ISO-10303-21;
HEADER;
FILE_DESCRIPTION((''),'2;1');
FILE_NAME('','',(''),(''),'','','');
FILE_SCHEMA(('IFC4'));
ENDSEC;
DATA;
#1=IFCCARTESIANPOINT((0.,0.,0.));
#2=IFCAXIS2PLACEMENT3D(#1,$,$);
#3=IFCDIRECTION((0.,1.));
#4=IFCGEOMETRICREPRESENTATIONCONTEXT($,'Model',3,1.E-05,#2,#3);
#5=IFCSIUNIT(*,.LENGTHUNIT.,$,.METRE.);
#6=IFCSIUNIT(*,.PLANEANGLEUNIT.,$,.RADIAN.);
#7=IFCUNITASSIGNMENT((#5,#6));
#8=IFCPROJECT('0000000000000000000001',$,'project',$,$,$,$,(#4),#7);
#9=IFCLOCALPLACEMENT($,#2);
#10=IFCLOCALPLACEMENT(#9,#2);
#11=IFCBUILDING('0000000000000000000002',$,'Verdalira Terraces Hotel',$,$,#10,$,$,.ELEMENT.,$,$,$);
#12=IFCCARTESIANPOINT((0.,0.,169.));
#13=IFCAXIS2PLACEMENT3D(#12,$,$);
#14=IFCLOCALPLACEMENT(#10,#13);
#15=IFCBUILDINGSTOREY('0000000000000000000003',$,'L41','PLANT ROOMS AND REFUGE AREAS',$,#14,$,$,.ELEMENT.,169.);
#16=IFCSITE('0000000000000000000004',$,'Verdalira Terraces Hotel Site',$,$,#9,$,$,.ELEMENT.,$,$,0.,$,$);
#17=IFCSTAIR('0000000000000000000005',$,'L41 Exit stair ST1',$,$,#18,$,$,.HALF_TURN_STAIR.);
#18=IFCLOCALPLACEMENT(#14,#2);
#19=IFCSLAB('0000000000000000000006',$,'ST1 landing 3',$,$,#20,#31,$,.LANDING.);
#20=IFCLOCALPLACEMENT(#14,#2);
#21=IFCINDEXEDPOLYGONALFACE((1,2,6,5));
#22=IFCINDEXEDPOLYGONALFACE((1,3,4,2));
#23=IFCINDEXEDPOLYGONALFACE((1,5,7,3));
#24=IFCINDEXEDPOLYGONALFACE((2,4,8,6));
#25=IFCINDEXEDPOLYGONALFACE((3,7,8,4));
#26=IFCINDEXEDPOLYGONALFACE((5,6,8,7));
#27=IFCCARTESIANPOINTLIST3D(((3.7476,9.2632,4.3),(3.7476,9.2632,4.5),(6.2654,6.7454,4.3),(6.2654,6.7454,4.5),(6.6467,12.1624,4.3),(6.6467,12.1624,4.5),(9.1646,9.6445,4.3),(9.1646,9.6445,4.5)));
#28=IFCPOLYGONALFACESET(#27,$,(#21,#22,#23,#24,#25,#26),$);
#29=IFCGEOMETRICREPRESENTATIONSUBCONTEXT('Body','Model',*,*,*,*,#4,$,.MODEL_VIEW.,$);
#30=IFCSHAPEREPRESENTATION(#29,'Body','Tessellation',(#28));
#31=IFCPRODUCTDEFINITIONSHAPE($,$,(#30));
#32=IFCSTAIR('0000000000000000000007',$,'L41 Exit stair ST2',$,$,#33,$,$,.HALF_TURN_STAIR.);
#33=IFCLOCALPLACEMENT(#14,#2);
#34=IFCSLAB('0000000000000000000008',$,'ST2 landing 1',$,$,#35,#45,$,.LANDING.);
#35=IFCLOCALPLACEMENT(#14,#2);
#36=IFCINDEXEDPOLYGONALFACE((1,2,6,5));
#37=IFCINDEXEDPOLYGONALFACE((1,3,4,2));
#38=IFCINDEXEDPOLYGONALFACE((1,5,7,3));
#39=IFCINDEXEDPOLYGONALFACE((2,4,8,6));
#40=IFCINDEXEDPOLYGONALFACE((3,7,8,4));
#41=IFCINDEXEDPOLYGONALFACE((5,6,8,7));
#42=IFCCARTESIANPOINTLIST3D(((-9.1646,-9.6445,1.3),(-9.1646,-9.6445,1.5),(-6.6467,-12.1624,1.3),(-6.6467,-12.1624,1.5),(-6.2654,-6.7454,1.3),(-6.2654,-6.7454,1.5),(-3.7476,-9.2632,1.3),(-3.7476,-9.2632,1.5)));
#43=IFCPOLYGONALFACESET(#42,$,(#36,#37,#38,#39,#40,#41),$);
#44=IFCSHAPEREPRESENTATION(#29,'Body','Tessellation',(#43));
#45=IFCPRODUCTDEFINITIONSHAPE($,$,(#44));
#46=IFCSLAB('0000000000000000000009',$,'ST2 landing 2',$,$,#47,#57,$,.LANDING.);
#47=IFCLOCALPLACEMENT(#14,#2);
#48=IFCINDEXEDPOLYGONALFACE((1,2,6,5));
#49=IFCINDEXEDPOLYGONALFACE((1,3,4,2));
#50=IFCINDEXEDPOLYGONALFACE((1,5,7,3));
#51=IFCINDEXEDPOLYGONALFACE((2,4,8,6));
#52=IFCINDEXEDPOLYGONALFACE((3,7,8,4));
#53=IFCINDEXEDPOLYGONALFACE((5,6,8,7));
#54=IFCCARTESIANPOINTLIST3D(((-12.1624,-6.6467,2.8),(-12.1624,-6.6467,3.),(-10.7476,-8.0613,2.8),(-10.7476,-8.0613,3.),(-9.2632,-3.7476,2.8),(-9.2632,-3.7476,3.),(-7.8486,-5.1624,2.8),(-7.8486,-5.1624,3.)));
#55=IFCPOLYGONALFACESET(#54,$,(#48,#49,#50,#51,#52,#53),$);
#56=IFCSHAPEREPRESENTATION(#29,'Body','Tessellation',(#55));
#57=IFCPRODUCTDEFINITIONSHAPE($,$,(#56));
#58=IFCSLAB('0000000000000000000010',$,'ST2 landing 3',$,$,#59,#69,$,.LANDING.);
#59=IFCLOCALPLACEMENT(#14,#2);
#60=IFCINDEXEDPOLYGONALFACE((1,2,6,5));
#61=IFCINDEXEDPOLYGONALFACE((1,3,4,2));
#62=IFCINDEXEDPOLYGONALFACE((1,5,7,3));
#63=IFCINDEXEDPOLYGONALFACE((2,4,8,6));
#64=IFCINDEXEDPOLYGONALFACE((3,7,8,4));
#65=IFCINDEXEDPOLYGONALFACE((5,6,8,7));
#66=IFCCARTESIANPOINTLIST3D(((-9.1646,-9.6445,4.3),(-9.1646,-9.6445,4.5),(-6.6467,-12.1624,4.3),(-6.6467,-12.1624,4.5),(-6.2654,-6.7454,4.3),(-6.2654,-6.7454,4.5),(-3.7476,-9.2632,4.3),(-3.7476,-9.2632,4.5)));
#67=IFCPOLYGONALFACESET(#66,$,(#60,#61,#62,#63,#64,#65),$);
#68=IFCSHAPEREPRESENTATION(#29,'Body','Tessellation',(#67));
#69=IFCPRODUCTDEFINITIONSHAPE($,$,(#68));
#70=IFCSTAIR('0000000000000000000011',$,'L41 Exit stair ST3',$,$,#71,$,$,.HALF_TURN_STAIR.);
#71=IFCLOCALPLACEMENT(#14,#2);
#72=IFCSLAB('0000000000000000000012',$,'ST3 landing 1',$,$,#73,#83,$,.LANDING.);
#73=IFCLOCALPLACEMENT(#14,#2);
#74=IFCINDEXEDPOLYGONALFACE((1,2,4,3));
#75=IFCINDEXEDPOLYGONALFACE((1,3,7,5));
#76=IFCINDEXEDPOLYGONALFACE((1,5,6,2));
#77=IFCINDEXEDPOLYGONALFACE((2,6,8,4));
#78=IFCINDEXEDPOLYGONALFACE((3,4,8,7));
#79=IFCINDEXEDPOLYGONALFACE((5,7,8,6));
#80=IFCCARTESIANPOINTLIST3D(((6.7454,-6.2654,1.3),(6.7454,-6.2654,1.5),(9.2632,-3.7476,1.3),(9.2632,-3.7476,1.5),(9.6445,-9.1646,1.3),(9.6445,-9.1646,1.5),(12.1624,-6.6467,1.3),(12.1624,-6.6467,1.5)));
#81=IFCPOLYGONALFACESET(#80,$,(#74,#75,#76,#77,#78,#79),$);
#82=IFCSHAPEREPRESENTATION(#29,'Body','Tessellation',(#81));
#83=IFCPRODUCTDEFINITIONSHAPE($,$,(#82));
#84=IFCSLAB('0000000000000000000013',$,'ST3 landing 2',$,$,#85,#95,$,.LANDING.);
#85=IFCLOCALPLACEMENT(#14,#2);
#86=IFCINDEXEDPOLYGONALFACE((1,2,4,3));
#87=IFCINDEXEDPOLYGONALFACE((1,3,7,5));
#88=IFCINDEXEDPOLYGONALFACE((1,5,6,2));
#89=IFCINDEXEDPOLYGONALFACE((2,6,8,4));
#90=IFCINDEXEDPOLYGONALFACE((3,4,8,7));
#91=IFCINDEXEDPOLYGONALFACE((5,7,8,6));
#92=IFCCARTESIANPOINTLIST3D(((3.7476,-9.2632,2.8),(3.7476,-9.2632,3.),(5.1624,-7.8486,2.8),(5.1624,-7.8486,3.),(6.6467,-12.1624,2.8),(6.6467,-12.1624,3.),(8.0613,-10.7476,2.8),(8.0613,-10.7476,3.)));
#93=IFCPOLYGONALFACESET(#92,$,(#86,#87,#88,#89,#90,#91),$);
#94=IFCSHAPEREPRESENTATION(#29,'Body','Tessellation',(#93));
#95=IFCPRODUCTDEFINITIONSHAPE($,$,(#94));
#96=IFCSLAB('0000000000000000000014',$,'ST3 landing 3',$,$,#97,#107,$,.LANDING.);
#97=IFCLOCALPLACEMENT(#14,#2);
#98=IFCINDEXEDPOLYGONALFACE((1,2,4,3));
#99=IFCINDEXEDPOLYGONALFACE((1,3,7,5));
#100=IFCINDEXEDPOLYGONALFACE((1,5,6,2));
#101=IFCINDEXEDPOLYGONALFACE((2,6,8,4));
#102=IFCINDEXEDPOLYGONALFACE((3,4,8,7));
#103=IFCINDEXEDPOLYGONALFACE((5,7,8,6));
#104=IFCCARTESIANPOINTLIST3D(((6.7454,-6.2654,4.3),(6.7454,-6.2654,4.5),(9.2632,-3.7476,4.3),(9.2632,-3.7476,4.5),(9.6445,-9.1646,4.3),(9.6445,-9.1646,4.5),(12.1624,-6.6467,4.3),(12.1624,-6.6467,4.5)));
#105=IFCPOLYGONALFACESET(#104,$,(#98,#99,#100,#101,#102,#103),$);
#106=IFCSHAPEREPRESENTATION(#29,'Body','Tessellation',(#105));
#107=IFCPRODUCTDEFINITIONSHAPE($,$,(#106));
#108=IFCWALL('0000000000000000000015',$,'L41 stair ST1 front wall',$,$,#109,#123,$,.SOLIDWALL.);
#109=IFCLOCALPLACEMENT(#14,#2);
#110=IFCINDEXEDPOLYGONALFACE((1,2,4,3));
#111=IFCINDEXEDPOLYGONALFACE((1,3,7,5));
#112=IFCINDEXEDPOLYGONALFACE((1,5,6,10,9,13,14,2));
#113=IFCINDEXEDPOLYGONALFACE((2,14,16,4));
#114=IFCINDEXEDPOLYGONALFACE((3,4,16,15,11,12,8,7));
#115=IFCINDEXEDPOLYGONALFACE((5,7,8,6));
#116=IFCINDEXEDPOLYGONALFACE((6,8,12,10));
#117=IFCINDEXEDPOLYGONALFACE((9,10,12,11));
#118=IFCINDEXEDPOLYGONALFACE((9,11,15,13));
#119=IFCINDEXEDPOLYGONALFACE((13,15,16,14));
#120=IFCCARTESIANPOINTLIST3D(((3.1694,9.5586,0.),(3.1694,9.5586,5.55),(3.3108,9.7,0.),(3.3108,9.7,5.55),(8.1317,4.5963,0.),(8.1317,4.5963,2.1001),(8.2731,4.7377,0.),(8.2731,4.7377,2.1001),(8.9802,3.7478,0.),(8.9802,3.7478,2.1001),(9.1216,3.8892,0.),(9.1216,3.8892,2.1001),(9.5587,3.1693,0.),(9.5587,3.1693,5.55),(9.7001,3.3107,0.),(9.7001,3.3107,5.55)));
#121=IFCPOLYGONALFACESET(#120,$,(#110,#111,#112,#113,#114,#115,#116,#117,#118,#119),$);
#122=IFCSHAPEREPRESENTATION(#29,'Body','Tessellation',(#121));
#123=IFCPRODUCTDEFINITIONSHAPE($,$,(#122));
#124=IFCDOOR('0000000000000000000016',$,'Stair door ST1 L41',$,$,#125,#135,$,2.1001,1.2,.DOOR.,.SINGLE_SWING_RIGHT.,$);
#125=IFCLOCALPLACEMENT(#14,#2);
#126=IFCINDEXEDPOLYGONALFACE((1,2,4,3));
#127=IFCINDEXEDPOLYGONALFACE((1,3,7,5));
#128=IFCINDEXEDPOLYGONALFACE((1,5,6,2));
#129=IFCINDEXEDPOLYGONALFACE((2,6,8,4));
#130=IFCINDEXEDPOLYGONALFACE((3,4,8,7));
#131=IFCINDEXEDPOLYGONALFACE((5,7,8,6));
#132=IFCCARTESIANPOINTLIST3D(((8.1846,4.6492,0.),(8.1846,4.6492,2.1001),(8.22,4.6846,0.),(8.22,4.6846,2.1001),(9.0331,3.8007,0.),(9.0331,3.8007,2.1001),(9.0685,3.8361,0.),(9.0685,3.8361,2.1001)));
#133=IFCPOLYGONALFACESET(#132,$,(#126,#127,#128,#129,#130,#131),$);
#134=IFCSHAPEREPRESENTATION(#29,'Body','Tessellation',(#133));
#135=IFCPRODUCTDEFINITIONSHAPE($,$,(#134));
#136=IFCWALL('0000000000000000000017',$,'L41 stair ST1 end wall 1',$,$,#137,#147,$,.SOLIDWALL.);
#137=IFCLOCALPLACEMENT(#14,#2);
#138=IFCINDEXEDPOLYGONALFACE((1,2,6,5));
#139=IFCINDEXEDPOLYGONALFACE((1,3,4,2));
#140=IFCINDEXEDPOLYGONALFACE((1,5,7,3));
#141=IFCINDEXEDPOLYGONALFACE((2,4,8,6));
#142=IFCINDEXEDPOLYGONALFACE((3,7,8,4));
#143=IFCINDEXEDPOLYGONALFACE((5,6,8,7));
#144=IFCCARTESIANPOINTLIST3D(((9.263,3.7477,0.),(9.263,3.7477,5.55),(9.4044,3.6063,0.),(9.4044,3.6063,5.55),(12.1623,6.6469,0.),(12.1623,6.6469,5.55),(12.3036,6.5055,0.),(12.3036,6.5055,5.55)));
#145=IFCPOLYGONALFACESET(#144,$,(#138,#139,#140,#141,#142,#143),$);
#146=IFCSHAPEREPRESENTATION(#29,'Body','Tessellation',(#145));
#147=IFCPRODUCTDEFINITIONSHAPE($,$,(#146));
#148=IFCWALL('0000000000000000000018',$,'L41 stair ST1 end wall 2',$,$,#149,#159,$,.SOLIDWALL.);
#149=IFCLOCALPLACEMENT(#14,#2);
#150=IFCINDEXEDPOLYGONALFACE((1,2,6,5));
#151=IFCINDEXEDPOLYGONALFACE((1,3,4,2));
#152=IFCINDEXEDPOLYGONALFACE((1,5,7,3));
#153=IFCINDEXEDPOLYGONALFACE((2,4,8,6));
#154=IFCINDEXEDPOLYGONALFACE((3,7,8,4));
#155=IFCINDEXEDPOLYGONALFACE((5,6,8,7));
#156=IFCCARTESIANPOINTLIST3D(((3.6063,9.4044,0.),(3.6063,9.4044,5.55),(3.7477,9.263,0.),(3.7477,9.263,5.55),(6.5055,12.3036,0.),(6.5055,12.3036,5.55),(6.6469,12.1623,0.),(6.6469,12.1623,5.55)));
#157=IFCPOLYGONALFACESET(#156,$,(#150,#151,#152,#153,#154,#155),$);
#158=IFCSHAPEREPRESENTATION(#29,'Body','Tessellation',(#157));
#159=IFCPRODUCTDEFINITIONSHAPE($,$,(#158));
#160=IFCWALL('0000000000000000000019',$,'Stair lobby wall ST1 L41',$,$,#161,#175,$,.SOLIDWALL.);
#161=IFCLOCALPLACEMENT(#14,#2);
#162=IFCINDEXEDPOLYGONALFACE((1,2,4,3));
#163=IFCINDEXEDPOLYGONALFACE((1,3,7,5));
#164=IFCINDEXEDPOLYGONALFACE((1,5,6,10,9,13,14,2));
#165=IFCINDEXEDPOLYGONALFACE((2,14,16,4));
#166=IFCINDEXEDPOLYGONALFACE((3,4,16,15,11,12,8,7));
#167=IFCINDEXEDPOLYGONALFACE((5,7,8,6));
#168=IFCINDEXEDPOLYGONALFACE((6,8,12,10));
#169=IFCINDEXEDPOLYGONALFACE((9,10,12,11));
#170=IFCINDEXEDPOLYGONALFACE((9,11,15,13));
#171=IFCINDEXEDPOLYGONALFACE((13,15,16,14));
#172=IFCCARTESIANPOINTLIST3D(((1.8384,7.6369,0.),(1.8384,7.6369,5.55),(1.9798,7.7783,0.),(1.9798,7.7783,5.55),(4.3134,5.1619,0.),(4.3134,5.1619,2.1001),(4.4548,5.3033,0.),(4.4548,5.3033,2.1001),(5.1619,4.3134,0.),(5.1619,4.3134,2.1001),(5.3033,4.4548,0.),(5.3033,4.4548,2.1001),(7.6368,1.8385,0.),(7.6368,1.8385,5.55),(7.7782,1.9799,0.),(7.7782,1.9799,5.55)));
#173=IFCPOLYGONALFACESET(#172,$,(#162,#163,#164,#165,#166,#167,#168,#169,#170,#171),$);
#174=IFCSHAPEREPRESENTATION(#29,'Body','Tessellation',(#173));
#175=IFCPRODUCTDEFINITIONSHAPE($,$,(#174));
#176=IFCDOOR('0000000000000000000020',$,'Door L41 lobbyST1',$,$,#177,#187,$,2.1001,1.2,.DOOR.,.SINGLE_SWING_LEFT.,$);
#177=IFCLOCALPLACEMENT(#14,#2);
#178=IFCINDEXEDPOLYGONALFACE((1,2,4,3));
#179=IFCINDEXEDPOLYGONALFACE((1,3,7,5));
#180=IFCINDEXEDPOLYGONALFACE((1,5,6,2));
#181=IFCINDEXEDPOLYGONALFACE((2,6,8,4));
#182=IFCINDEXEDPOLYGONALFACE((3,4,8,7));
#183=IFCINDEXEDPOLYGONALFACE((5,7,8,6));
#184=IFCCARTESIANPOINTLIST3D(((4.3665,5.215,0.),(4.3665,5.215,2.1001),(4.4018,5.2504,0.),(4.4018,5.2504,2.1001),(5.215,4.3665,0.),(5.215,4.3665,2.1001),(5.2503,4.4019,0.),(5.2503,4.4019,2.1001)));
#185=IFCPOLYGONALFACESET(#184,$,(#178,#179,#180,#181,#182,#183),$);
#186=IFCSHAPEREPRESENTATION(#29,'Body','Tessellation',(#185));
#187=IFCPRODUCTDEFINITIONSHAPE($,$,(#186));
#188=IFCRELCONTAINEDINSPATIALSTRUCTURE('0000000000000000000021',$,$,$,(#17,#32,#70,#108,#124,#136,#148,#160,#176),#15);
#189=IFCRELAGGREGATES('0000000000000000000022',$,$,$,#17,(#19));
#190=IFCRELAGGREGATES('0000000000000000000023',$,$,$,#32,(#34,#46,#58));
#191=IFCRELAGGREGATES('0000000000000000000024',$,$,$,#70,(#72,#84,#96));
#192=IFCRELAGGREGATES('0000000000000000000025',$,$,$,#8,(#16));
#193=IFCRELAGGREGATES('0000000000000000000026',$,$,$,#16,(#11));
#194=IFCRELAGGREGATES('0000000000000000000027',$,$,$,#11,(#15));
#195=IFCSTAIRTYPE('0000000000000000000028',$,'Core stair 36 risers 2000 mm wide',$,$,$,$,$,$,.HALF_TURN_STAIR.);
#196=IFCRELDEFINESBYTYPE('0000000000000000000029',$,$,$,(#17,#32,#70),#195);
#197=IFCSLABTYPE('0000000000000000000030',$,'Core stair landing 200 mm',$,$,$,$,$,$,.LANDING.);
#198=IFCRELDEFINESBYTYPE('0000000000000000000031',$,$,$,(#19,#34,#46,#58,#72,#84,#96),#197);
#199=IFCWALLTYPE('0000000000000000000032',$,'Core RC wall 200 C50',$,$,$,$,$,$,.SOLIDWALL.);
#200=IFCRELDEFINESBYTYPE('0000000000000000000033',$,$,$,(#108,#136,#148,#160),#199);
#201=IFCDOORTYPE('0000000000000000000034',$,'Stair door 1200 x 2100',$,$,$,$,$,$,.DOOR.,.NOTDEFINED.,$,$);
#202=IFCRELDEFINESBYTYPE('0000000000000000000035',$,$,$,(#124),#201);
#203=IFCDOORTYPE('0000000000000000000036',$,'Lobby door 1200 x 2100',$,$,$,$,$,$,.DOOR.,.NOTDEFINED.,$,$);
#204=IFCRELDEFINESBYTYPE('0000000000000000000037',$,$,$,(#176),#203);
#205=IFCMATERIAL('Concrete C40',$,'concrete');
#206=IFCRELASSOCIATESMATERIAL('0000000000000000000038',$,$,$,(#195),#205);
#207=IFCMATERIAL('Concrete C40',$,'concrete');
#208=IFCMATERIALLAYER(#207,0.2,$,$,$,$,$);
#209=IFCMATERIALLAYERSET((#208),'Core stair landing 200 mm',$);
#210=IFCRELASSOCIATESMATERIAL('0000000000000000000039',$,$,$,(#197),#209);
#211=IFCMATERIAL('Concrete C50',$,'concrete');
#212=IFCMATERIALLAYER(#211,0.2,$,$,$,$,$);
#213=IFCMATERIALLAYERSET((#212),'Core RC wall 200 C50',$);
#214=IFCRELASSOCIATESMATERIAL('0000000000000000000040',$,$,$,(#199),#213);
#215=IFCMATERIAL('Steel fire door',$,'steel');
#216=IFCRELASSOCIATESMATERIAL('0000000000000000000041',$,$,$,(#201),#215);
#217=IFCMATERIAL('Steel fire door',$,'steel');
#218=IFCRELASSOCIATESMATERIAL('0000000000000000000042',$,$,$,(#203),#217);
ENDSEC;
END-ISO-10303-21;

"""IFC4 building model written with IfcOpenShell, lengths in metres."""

from ifc_helpers import new_model, si_unit, direction, frame, frame_2d, origin, place, context, subcontext, project, spatial, polyline, rectangle, outline, extrude, material, layer, layer_set, type_object, element, fill, aggregate, save


model = new_model("IFC4")

# Units and contexts
model_context = context("Model", 3, precision=1e-05, world=origin(), true_north=direction((0.0, 1.0)))
body_context = subcontext(model_context, "Body", "Model", "MODEL_VIEW")
ifc_project = project(units=[si_unit("LENGTHUNIT", "METRE"), si_unit("PLANEANGLEUNIT", "RADIAN")], contexts=[model_context])

# Site, building, storey
site_placement = place(None, origin())
site = spatial("IfcSite", under=ifc_project, at=site_placement, Name="Verdalira Terraces Hotel Site", CompositionType="ELEMENT", RefElevation=0.0)
building_placement = place(site_placement, origin())
building = spatial("IfcBuilding", under=site, at=building_placement, Name="Verdalira Terraces Hotel", CompositionType="ELEMENT")
storey_placement = place(building_placement, frame((0.0, 0.0, 169.0)))
storey = spatial("IfcBuildingStorey", under=building, at=storey_placement, Name="L41", Description="PLANT ROOMS AND REFUGE AREAS", CompositionType="ELEMENT", Elevation=169.0)

# Stair, slab
ifc_material_1 = material(Name="Concrete C40", Category="concrete")
stair_type = type_object("IfcStairType", Name="Core stair 36 risers 2000 mm wide", PredefinedType="HALF_TURN_STAIR", material=ifc_material_1)
stair_1_placement = place(storey_placement, origin())
stair_1 = element("IfcStair", 1, at=stair_1_placement, inside=storey, type_object=stair_type, Name="L41 Exit stair ST1", PredefinedType="HALF_TURN_STAIR")
ifc_material_2 = material(Name="Concrete C40", Category="concrete")
ifc_layer_1 = layer(ifc_material_2, 0.2)
ifc_layer_set_1 = layer_set([ifc_layer_1], Name="Core stair landing 200 mm")
slab_type = type_object("IfcSlabType", Name="Core stair landing 200 mm", PredefinedType="LANDING", material=ifc_layer_set_1)
slab_1_placement = place(storey_placement, frame((0.0, 0.0, 4.3)))
slab_1 = element("IfcSlab", 2, at=slab_1_placement, type_object=slab_type, Name="ST1 landing 3", PredefinedType="LANDING", context=body_context, shape_type="SweptSolid", body=[
    extrude(outline(polyline([(9.1646, 9.6445), (6.6467, 12.1624), (3.7476, 9.2632), (6.2654, 6.7454), (9.1646, 9.6445)])), origin(), (0.0, 0.0, 1.0), 0.2),
])
aggregate(stair_1, [slab_1])

# Stairs, slabs
stair_2_placement = place(storey_placement, origin())
stair_2 = element("IfcStair", 3, at=stair_2_placement, inside=storey, type_object=stair_type, Name="L41 Exit stair ST2", PredefinedType="HALF_TURN_STAIR")
slab_2_placement = place(storey_placement, frame((0.0, 0.0, 1.3)))
slab_2 = element("IfcSlab", 4, at=slab_2_placement, type_object=slab_type, Name="ST2 landing 1", PredefinedType="LANDING", context=body_context, shape_type="SweptSolid", body=[
    extrude(outline(polyline([(-9.1646, -9.6445), (-6.6467, -12.1624), (-3.7476, -9.2632), (-6.2654, -6.7454), (-9.1646, -9.6445)])), origin(), (0.0, 0.0, 1.0), 0.2),
])
slab_3_placement = place(storey_placement, frame((0.0, 0.0, 2.8)))
slab_3 = element("IfcSlab", 5, at=slab_3_placement, type_object=slab_type, Name="ST2 landing 2", PredefinedType="LANDING", context=body_context, shape_type="SweptSolid", body=[
    extrude(outline(polyline([(-12.1624, -6.6467), (-10.7476, -8.0613), (-7.8486, -5.1624), (-9.2632, -3.7476), (-12.1624, -6.6467)])), origin(), (0.0, 0.0, 1.0), 0.2),
])
slab_4_placement = place(storey_placement, frame((0.0, 0.0, 4.3)))
slab_4 = element("IfcSlab", 6, at=slab_4_placement, type_object=slab_type, Name="ST2 landing 3", PredefinedType="LANDING", context=body_context, shape_type="SweptSolid", body=[
    extrude(outline(polyline([(-9.1646, -9.6445), (-6.6467, -12.1624), (-3.7476, -9.2632), (-6.2654, -6.7454), (-9.1646, -9.6445)])), origin(), (0.0, 0.0, 1.0), 0.2),
])
aggregate(stair_2, [slab_2, slab_3, slab_4])
stair_3_placement = place(storey_placement, origin())
stair_3 = element("IfcStair", 7, at=stair_3_placement, inside=storey, type_object=stair_type, Name="L41 Exit stair ST3", PredefinedType="HALF_TURN_STAIR")
slab_5_placement = place(storey_placement, frame((0.0, 0.0, 1.3)))
slab_5 = element("IfcSlab", 8, at=slab_5_placement, type_object=slab_type, Name="ST3 landing 1", PredefinedType="LANDING", context=body_context, shape_type="SweptSolid", body=[
    extrude(outline(polyline([(9.6445, -9.1646), (12.1624, -6.6467), (9.2632, -3.7476), (6.7454, -6.2654), (9.6445, -9.1646)])), origin(), (0.0, 0.0, 1.0), 0.2),
])
slab_6_placement = place(storey_placement, frame((0.0, 0.0, 2.8)))
slab_6 = element("IfcSlab", 9, at=slab_6_placement, type_object=slab_type, Name="ST3 landing 2", PredefinedType="LANDING", context=body_context, shape_type="SweptSolid", body=[
    extrude(outline(polyline([(6.6467, -12.1624), (8.0613, -10.7476), (5.1624, -7.8486), (3.7476, -9.2632), (6.6467, -12.1624)])), origin(), (0.0, 0.0, 1.0), 0.2),
])
slab_7_placement = place(storey_placement, frame((0.0, 0.0, 4.3)))
slab_7 = element("IfcSlab", 10, at=slab_7_placement, type_object=slab_type, Name="ST3 landing 3", PredefinedType="LANDING", context=body_context, shape_type="SweptSolid", body=[
    extrude(outline(polyline([(9.6445, -9.1646), (12.1624, -6.6467), (9.2632, -3.7476), (6.7454, -6.2654), (9.6445, -9.1646)])), origin(), (0.0, 0.0, 1.0), 0.2),
])
aggregate(stair_3, [slab_5, slab_6, slab_7])

# Wall, opening, door
ifc_material_3 = material(Name="Concrete C50", Category="concrete")
ifc_layer_2 = layer(ifc_material_3, 0.2)
ifc_layer_set_2 = layer_set([ifc_layer_2], Name="Core RC wall 200 C50")
wall_type_1 = type_object("IfcWallType", Name="Core RC wall 200 C50", PredefinedType="SOLIDWALL", material=ifc_layer_set_2)
wall_1_placement = place(storey_placement, frame((3.24, 9.6294, 0.0), z_axis=(0.0, 0.0, 1.0), x_axis=(0.707107, -0.707107, 0.0)))
wall_1 = element("IfcWall", 11, at=wall_1_placement, inside=storey, type_object=wall_type_1, Name="L41 stair ST1 front wall", PredefinedType="SOLIDWALL", context=body_context, shape_type="SweptSolid", body=[
    extrude(rectangle(XDim=9.0359, YDim=0.2, at=frame_2d((4.5181, 0.0))), origin(), (0.0, 0.0, 1.0), 5.55),
])
opening_1_placement = place(wall_1_placement, frame((7.0178, 0.0, 0.0)))
opening_1 = element("IfcOpeningElement", 12, at=opening_1_placement, cuts=wall_1, PredefinedType="OPENING", context=body_context, shape_type="SweptSolid", body=[
    extrude(rectangle(XDim=1.2, YDim=2.1001, at=frame_2d((0.6001, 1.05))), frame((0.0, 0.1099, 0.0), z_axis=(0.0, -1.0, 0.0), x_axis=(1.0, 0.0, 0.0)), (0.0, 0.0, 1.0), 0.22),
])
ifc_material_4 = material(Name="Steel fire door", Category="steel")
door_type_1 = type_object("IfcDoorType", Name="Stair door 1200 x 2100", OperationType="NOTDEFINED", PredefinedType="DOOR", material=ifc_material_4)
door_1_placement = place(opening_1_placement, origin())
door_1 = element("IfcDoor", 13, at=door_1_placement, inside=storey, type_object=door_type_1, Name="Stair door ST1 L41", OperationType="SINGLE_SWING_RIGHT", OverallHeight=2.1001, OverallWidth=1.2, PredefinedType="DOOR", context=body_context, shape_type="SweptSolid", body=[
    extrude(rectangle(XDim=1.2, YDim=2.1001, at=frame_2d((0.6001, 1.05))), frame((0.0, 0.0249, 0.0), z_axis=(0.0, -1.0, 0.0), x_axis=(1.0, 0.0, 0.0)), (0.0, 0.0, 1.0), 0.05),
])
fill(opening_1, door_1)

# Walls
for number, where, z_axis, x_axis, name in (
    (14, (9.3337, 3.677, 0.0), (0.0, 0.0, 1.0), (0.707107, 0.707107, 0.0), "L41 stair ST1 end wall 1"),
    (15, (3.677, 9.3337, 0.0), (0.0, 0.0, 1.0), (0.707107, 0.707107, 0.0), "L41 stair ST1 end wall 2"),
):
    element("IfcWall", number, at=place(storey_placement, frame(where, z_axis=z_axis, x_axis=x_axis)), inside=storey, type_object=wall_type_1, Name=name, PredefinedType="SOLIDWALL", context=body_context, shape_type="SweptSolid", body=[
        extrude(rectangle(XDim=4.1001, YDim=0.2, at=frame_2d((2.05, 0.0))), origin(), (0.0, 0.0, 1.0), 5.55),
    ])

# Wall, opening, door
wall_2_placement = place(storey_placement, frame((7.7075, 1.9092, 0.0), z_axis=(0.0, 0.0, 1.0), x_axis=(-0.707107, 0.707107, 0.0)))
wall_2 = element("IfcWall", 16, at=wall_2_placement, inside=storey, type_object=wall_type_1, Name="Stair lobby wall ST1 L41", PredefinedType="SOLIDWALL", context=body_context, shape_type="SweptSolid", body=[
    extrude(rectangle(XDim=8.2002, YDim=0.2, at=frame_2d((4.1001, 0.0))), origin(), (0.0, 0.0, 1.0), 5.55),
])
opening_2_placement = place(wall_2_placement, frame((3.5, 0.0, 0.0)))
opening_2 = element("IfcOpeningElement", 17, at=opening_2_placement, cuts=wall_2, PredefinedType="OPENING", context=body_context, shape_type="SweptSolid", body=[
    extrude(rectangle(XDim=1.2, YDim=2.1001, at=frame_2d((0.6001, 1.05))), frame((0.0, 0.1099, 0.0), z_axis=(0.0, -1.0, 0.0), x_axis=(1.0, 0.0, 0.0)), (0.0, 0.0, 1.0), 0.22),
])
ifc_material_5 = material(Name="Steel fire door", Category="steel")
door_type_2 = type_object("IfcDoorType", Name="Lobby door 1200 x 2100", OperationType="NOTDEFINED", PredefinedType="DOOR", material=ifc_material_5)
door_2_placement = place(opening_2_placement, origin())
door_2 = element("IfcDoor", 18, at=door_2_placement, inside=storey, type_object=door_type_2, Name="Door L41 lobbyST1", OperationType="SINGLE_SWING_LEFT", OverallHeight=2.1001, OverallWidth=1.2, PredefinedType="DOOR", context=body_context, shape_type="SweptSolid", body=[
    extrude(rectangle(XDim=1.2, YDim=2.1001, at=frame_2d((0.6001, 1.05))), frame((0.0, 0.0249, 0.0), z_axis=(0.0, -1.0, 0.0), x_axis=(1.0, 0.0, 0.0)), (0.0, 0.0, 1.0), 0.05),
])
fill(opening_2, door_2)

save(model, "model.ifc")
